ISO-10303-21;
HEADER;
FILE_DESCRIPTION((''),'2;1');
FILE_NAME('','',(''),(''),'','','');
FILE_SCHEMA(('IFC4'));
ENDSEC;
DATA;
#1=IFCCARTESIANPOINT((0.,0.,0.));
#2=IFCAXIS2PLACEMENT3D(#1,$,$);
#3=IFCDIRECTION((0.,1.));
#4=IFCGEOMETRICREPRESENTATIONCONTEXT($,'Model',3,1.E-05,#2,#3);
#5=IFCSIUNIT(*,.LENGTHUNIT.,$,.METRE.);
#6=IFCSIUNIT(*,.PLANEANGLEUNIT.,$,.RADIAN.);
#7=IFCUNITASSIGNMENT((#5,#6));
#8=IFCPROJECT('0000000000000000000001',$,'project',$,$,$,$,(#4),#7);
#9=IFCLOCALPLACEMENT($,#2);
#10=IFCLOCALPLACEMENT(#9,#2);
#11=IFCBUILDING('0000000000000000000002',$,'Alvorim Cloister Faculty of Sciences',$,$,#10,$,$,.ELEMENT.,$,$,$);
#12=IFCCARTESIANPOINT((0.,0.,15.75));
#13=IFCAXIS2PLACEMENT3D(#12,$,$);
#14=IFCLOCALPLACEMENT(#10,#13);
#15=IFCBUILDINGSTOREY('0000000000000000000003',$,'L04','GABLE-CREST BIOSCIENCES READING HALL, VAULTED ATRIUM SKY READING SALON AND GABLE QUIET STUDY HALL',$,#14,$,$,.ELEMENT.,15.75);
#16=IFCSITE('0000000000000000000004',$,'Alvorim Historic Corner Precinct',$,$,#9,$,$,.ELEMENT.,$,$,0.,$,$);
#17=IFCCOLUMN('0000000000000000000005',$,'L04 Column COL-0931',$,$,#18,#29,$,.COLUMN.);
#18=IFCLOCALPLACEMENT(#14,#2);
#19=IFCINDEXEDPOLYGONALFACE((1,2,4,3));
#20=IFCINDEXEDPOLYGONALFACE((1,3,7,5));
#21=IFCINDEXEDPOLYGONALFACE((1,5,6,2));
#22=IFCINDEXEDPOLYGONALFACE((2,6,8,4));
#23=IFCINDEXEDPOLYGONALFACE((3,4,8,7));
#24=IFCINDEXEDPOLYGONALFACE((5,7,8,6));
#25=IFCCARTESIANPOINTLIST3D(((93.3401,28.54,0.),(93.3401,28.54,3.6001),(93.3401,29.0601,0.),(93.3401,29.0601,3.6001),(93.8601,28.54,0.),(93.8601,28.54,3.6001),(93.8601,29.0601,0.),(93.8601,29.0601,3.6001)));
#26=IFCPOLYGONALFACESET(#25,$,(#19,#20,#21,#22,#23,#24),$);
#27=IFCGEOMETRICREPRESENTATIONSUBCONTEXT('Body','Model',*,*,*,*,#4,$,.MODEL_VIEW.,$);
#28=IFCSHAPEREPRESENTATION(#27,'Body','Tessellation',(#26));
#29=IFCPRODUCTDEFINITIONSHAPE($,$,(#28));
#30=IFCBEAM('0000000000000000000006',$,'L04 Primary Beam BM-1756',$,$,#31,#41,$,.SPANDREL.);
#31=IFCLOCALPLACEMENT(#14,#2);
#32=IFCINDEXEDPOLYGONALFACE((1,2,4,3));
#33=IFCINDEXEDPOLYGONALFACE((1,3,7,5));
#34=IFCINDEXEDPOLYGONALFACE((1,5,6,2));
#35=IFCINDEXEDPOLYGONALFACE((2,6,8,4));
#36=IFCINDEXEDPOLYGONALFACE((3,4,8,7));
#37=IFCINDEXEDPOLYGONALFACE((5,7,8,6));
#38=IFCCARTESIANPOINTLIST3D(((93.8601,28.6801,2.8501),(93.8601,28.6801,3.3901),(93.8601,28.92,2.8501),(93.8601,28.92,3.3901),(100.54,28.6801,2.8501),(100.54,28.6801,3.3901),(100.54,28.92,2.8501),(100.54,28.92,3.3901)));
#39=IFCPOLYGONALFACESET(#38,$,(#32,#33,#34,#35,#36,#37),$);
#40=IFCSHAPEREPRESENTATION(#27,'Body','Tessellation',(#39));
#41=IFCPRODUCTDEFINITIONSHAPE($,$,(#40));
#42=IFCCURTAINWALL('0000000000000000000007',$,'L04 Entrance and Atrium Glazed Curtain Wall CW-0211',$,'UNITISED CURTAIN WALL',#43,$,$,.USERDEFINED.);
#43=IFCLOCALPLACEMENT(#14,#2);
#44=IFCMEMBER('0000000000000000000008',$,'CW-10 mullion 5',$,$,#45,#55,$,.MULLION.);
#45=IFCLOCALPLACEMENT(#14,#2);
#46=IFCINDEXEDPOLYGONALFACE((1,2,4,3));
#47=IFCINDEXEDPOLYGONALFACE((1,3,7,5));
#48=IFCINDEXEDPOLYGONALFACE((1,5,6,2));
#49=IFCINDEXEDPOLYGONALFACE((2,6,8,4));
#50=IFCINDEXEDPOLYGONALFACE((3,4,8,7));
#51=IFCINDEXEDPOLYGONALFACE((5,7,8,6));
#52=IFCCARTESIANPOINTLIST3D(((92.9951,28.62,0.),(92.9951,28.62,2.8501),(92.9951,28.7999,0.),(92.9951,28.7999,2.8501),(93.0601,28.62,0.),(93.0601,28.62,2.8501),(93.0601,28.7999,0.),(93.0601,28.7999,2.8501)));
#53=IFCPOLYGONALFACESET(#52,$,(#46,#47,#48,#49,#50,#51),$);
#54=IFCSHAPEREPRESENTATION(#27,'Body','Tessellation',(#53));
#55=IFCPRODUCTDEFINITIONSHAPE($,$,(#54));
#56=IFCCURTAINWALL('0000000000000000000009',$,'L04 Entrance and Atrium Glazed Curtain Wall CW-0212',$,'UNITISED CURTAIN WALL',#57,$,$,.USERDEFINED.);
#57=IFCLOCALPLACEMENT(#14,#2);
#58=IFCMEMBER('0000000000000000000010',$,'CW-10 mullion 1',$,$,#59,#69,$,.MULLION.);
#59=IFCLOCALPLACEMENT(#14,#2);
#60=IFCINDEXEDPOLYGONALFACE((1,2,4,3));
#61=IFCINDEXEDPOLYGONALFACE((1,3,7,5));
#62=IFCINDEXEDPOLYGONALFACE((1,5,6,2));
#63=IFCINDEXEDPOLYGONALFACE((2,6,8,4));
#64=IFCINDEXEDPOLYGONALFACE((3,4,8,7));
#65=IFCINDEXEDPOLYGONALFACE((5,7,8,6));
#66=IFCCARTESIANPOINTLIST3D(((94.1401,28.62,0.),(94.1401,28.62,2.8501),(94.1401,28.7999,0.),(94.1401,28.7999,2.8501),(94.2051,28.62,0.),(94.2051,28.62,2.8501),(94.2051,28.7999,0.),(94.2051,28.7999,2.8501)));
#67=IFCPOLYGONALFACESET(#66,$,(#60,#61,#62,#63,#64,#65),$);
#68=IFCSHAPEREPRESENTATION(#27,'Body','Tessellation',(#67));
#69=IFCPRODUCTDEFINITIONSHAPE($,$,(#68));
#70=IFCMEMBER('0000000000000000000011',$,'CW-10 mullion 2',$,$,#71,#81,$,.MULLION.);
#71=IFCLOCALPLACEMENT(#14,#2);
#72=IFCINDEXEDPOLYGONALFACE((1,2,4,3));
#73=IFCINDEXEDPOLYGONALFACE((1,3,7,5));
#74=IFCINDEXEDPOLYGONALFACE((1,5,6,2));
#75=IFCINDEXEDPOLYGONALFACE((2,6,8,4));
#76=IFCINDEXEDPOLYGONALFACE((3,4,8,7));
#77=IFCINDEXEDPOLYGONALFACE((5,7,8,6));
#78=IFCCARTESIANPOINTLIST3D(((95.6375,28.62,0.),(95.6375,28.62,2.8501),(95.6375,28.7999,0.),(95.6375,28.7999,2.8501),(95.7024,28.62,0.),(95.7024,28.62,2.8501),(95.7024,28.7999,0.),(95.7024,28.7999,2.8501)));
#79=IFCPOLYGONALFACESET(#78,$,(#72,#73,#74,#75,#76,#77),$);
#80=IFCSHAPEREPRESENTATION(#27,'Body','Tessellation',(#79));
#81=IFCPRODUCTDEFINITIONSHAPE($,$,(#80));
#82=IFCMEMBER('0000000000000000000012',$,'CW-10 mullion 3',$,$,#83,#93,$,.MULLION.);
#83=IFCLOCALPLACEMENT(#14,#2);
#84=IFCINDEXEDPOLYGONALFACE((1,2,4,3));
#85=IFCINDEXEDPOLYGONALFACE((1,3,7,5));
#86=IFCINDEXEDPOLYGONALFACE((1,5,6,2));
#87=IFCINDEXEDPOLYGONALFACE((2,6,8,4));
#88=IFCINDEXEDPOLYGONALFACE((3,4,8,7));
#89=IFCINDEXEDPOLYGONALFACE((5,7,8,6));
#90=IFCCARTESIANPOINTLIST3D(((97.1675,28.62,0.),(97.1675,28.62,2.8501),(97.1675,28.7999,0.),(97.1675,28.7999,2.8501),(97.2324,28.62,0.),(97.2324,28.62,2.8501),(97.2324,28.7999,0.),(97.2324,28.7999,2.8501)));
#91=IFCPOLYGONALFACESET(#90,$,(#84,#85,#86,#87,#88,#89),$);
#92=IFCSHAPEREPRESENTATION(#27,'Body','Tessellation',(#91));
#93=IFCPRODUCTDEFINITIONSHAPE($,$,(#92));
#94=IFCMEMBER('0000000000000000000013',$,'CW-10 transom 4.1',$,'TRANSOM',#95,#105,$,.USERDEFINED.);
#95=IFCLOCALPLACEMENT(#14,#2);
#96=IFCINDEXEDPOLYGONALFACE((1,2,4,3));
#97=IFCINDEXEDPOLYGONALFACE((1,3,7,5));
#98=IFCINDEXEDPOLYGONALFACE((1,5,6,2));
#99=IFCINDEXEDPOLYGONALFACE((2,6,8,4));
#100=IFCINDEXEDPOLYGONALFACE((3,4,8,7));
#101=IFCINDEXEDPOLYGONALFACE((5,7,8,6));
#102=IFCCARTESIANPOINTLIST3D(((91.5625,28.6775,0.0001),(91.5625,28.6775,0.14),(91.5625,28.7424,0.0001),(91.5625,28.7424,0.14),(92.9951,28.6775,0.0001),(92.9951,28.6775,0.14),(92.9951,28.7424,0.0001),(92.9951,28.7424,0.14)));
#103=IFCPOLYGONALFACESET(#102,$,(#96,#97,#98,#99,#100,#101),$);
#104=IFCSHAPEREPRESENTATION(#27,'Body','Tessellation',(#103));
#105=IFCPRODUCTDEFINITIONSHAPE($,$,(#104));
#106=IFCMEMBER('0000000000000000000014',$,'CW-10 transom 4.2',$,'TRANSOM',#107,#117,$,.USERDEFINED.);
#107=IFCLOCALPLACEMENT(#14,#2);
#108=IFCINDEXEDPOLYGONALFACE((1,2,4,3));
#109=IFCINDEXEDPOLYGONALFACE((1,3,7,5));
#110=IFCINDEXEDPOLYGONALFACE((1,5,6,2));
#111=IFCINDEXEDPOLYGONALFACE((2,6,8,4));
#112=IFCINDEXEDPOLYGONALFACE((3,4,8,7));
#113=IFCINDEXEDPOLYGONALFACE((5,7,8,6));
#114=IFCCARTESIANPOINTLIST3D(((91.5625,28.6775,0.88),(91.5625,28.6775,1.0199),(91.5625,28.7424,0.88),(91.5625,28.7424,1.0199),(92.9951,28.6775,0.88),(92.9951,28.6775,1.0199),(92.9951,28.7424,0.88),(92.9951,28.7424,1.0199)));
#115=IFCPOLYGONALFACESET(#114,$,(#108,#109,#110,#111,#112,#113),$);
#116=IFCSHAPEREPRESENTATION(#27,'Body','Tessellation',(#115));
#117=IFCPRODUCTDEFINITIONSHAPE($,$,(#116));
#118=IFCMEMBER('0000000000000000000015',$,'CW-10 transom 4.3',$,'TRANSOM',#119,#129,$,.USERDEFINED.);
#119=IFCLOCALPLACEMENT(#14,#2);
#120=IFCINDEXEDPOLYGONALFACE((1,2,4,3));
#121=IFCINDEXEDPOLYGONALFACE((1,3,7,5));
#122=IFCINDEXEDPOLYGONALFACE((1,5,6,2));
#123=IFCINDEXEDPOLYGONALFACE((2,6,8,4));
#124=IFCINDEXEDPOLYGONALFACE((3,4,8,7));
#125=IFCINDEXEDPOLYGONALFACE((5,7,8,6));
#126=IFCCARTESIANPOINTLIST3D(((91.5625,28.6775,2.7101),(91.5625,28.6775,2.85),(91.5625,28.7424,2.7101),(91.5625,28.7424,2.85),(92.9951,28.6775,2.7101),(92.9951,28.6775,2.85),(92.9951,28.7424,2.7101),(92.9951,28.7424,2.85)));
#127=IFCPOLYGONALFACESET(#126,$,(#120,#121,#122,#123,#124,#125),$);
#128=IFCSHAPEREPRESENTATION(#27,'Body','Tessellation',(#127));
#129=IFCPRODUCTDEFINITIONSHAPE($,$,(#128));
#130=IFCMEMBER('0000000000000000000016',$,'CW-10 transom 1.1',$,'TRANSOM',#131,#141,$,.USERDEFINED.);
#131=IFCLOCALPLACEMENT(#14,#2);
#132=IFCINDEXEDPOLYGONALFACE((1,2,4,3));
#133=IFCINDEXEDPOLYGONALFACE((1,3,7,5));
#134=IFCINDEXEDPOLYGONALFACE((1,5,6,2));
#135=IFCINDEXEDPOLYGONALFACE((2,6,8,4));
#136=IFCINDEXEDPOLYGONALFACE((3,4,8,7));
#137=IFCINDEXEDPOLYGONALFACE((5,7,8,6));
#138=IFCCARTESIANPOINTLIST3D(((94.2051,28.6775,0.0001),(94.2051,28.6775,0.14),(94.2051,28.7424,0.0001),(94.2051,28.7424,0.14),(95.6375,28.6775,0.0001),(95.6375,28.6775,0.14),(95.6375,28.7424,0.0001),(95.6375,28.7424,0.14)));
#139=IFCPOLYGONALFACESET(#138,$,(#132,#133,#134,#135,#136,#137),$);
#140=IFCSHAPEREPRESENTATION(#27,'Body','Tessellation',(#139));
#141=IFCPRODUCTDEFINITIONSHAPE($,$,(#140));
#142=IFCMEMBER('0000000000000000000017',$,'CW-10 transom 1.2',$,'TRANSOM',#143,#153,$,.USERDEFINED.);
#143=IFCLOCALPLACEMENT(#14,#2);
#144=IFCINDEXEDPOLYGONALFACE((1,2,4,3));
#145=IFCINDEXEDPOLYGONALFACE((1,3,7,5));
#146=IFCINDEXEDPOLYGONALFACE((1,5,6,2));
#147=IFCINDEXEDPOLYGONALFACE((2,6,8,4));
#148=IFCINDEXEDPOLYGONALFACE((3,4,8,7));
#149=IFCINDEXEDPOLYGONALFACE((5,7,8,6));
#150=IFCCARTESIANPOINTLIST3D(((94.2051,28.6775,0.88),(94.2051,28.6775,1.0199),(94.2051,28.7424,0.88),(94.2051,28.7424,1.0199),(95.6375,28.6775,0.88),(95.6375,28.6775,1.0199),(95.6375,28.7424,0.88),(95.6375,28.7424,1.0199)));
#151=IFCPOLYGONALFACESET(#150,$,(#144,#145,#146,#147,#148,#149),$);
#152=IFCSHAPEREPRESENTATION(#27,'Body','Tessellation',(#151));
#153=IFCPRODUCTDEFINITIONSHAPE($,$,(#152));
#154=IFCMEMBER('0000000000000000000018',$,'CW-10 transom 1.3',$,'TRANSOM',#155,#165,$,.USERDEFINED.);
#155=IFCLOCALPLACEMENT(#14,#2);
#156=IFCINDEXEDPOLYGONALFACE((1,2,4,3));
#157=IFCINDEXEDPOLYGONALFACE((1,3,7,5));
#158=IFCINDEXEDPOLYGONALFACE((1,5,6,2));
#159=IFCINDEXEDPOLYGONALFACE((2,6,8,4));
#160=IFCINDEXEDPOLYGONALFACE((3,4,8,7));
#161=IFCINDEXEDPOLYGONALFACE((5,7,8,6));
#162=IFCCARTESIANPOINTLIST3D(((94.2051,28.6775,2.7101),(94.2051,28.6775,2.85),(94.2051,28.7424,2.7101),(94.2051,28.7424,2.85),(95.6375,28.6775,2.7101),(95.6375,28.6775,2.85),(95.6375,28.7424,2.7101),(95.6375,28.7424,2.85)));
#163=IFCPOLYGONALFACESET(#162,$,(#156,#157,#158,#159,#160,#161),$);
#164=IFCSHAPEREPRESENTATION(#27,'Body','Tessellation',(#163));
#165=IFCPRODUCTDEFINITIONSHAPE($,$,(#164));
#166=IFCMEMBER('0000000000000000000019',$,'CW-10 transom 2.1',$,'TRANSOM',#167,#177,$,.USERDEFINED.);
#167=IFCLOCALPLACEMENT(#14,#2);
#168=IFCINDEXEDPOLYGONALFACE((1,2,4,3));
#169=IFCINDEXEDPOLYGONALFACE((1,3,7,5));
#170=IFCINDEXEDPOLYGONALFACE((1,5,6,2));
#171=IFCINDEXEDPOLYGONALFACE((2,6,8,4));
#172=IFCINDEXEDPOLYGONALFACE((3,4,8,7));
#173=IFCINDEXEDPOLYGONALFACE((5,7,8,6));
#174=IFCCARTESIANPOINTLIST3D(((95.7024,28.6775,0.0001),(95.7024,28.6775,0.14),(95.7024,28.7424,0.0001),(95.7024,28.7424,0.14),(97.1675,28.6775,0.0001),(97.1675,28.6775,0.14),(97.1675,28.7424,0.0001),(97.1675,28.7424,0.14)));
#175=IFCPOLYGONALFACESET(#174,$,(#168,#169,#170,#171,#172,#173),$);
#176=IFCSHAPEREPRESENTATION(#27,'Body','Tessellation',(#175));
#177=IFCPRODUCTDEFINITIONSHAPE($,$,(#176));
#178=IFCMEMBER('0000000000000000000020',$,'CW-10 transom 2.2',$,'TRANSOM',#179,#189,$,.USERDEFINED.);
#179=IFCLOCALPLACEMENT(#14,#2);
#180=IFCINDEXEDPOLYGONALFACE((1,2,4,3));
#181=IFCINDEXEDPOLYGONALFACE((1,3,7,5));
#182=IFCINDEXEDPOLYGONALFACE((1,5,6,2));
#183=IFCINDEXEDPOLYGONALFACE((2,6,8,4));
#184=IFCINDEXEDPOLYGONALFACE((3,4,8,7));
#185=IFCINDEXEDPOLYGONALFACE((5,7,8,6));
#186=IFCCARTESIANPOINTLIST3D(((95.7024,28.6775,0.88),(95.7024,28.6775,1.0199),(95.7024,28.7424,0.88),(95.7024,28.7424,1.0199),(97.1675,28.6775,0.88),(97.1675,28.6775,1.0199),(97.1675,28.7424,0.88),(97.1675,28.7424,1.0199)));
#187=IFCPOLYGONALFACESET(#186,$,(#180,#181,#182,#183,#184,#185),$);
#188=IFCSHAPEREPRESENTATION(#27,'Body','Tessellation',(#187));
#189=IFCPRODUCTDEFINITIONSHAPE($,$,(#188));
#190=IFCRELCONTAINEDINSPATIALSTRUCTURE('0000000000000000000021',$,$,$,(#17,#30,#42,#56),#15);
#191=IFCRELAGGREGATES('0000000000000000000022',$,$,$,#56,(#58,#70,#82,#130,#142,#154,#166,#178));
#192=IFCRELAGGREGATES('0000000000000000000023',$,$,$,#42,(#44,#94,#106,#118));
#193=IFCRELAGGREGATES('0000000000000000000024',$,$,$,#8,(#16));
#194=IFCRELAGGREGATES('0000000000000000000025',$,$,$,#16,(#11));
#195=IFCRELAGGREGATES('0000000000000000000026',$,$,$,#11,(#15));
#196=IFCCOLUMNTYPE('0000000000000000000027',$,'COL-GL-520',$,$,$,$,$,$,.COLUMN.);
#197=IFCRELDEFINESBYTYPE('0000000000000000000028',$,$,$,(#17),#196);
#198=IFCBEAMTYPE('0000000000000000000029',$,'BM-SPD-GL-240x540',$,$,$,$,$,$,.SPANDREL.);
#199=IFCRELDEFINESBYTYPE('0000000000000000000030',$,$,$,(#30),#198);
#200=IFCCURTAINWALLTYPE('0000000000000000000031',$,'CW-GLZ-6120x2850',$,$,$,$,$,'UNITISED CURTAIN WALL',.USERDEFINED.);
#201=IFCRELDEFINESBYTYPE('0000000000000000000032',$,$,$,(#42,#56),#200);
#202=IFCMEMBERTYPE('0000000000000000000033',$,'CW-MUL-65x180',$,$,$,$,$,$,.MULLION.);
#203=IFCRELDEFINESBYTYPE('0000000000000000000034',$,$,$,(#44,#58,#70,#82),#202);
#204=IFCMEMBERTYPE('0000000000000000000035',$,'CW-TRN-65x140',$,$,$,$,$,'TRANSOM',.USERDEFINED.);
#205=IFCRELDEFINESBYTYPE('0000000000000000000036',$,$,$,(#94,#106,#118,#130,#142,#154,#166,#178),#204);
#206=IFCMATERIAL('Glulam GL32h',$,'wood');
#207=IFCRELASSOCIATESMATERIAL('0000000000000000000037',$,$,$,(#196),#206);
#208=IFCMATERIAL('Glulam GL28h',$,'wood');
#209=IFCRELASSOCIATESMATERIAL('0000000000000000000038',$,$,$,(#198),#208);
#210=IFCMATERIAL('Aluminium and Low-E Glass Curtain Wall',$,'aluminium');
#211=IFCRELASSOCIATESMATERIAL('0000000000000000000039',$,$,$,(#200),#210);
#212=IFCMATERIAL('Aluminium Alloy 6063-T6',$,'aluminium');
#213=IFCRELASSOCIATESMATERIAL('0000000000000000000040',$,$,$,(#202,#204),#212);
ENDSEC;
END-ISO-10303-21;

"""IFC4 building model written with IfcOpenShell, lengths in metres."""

from ifc_helpers import new_model, si_unit, direction, frame, origin, origin_2d, place, context, subcontext, project, spatial, rectangle, extrude, material, material_profile, profile_set, type_object, element, aggregate, save


model = new_model("IFC4")

# Units and contexts
model_context = context("Model", 3, precision=1e-05, world=origin(), true_north=direction((0.0, 1.0)))
body_context = subcontext(model_context, "Body", "Model", "MODEL_VIEW")
ifc_project = project(units=[si_unit("LENGTHUNIT", "METRE"), si_unit("PLANEANGLEUNIT", "RADIAN")], contexts=[model_context])

# Site, building, storey
site_placement = place(None, origin())
site = spatial("IfcSite", under=ifc_project, at=site_placement, Name="Alvorim Historic Corner Precinct", CompositionType="ELEMENT", RefElevation=0.0)
building_placement = place(site_placement, origin())
building = spatial("IfcBuilding", under=site, at=building_placement, Name="Alvorim Cloister Faculty of Sciences", CompositionType="ELEMENT")
storey_placement = place(building_placement, frame((0.0, 0.0, 15.75)))
storey = spatial("IfcBuildingStorey", under=building, at=storey_placement, Name="L04", Description="GABLE-CREST BIOSCIENCES READING HALL, VAULTED ATRIUM SKY READING SALON AND GABLE QUIET STUDY HALL", CompositionType="ELEMENT", Elevation=15.75)

# Column
ifc_material_1 = material(Name="Glulam GL32h", Category="wood")
ifc_material_profile_1 = material_profile(ifc_material_1, rectangle(XDim=0.52, YDim=0.52, at=origin_2d()), Name="GL32-COL-520x520")
ifc_profile_set_1 = profile_set([ifc_material_profile_1], Name="Glulam GL32h")
column_type = type_object("IfcColumnType", Name="COL-GL-520", PredefinedType="COLUMN", material=ifc_profile_set_1)
column_placement = place(storey_placement, frame((93.6001, 28.8, 0.0), z_axis=(0.0, 0.0, 1.0), x_axis=(1.0, 0.0, 0.0)))
element("IfcColumn", 1, at=column_placement, inside=storey, type_object=column_type, Name="L04 Column COL-0931", PredefinedType="COLUMN", context=body_context, shape_type="SweptSolid", body=[
    extrude(rectangle(XDim=0.52, YDim=0.52, at=origin_2d()), origin(), (0.0, 0.0, 1.0), 3.6001),
])

# Beam
ifc_material_2 = material(Name="Glulam GL28h", Category="wood")
ifc_material_profile_2 = material_profile(ifc_material_2, rectangle(XDim=0.24, YDim=0.54, at=origin_2d()), Name="GL28-SPD-240x540")
ifc_profile_set_2 = profile_set([ifc_material_profile_2], Name="Glulam GL28h")
beam_type = type_object("IfcBeamType", Name="BM-SPD-GL-240x540", PredefinedType="SPANDREL", material=ifc_profile_set_2)
beam_placement = place(storey_placement, frame((93.8601, 28.8, 3.1201), z_axis=(1.0, 0.0, 0.0), x_axis=(0.0, 1.0, 0.0)))
element("IfcBeam", 2, at=beam_placement, inside=storey, type_object=beam_type, Name="L04 Primary Beam BM-1756", PredefinedType="SPANDREL", context=body_context, shape_type="SweptSolid", body=[
    extrude(rectangle(XDim=0.24, YDim=0.54, at=origin_2d()), origin(), (0.0, 0.0, 1.0), 6.6799),
])

# Curtain wall, member
ifc_material_3 = material(Name="Aluminium and Low-E Glass Curtain Wall", Category="aluminium")
curtain_wall_type = type_object("IfcCurtainWallType", Name="CW-GLZ-6120x2850", ElementType="UNITISED CURTAIN WALL", PredefinedType="USERDEFINED", material=ifc_material_3)
curtain_wall_1_placement = place(storey_placement, origin())
curtain_wall_1 = element("IfcCurtainWall", 3, at=curtain_wall_1_placement, inside=storey, type_object=curtain_wall_type, Name="L04 Entrance and Atrium Glazed Curtain Wall CW-0211", ObjectType="UNITISED CURTAIN WALL", PredefinedType="USERDEFINED")
ifc_material_4 = material(Name="Aluminium Alloy 6063-T6", Category="aluminium")
ifc_material_profile_3 = material_profile(ifc_material_4, rectangle(XDim=0.0649, YDim=0.1799, at=origin_2d()), Name="ALU-MUL-65x180")
ifc_profile_set_3 = profile_set([ifc_material_profile_3], Name="Aluminium Alloy 6063-T6")
member_type_1 = type_object("IfcMemberType", Name="CW-MUL-65x180", PredefinedType="MULLION", material=ifc_profile_set_3)
member_1_placement = place(storey_placement, frame((93.0276, 28.71, 0.0), z_axis=(0.0, 0.0, 1.0), x_axis=(1.0, 0.0, 0.0)))
member_1 = element("IfcMember", 4, at=member_1_placement, type_object=member_type_1, Name="CW-10 mullion 5", PredefinedType="MULLION", context=body_context, shape_type="SweptSolid", body=[
    extrude(rectangle(XDim=0.0649, YDim=0.1799, at=origin_2d()), origin(), (0.0, 0.0, 1.0), 2.8501),
])

# Curtain wall, members
curtain_wall_2_placement = place(storey_placement, origin())
curtain_wall_2 = element("IfcCurtainWall", 5, at=curtain_wall_2_placement, inside=storey, type_object=curtain_wall_type, Name="L04 Entrance and Atrium Glazed Curtain Wall CW-0212", ObjectType="UNITISED CURTAIN WALL", PredefinedType="USERDEFINED")
member_2_placement = place(storey_placement, frame((94.1726, 28.71, 0.0), z_axis=(0.0, 0.0, 1.0), x_axis=(1.0, 0.0, 0.0)))
member_2 = element("IfcMember", 6, at=member_2_placement, type_object=member_type_1, Name="CW-10 mullion 1", PredefinedType="MULLION", context=body_context, shape_type="SweptSolid", body=[
    extrude(rectangle(XDim=0.0649, YDim=0.1799, at=origin_2d()), origin(), (0.0, 0.0, 1.0), 2.8501),
])
member_3_placement = place(storey_placement, frame((95.6699, 28.71, 0.0), z_axis=(0.0, 0.0, 1.0), x_axis=(1.0, 0.0, 0.0)))
member_3 = element("IfcMember", 7, at=member_3_placement, type_object=member_type_1, Name="CW-10 mullion 2", PredefinedType="MULLION", context=body_context, shape_type="SweptSolid", body=[
    extrude(rectangle(XDim=0.0649, YDim=0.1799, at=origin_2d()), origin(), (0.0, 0.0, 1.0), 2.8501),
])
member_4_placement = place(storey_placement, frame((97.2, 28.71, 0.0), z_axis=(0.0, 0.0, 1.0), x_axis=(1.0, 0.0, 0.0)))
member_4 = element("IfcMember", 8, at=member_4_placement, type_object=member_type_1, Name="CW-10 mullion 3", PredefinedType="MULLION", context=body_context, shape_type="SweptSolid", body=[
    extrude(rectangle(XDim=0.0649, YDim=0.1799, at=origin_2d()), origin(), (0.0, 0.0, 1.0), 2.8501),
])

# Members
ifc_material_profile_4 = material_profile(ifc_material_4, rectangle(XDim=0.0649, YDim=0.1399, at=origin_2d()), Name="ALU-TRN-65x140")
ifc_profile_set_4 = profile_set([ifc_material_profile_4], Name="Aluminium Alloy 6063-T6")
member_type_2 = type_object("IfcMemberType", Name="CW-TRN-65x140", ElementType="TRANSOM", PredefinedType="USERDEFINED", material=ifc_profile_set_4)
member_5_placement = place(storey_placement, frame((91.5625, 28.71, 0.0701), z_axis=(1.0, 0.0, 0.0), x_axis=(0.0, 1.0, 0.0)))
member_5 = element("IfcMember", 9, at=member_5_placement, type_object=member_type_2, Name="CW-10 transom 4.1", ObjectType="TRANSOM", PredefinedType="USERDEFINED", context=body_context, shape_type="SweptSolid", body=[
    extrude(rectangle(XDim=0.0649, YDim=0.1399, at=origin_2d()), origin(), (0.0, 0.0, 1.0), 1.4326),
])
member_6_placement = place(storey_placement, frame((91.5625, 28.71, 0.95), z_axis=(1.0, 0.0, 0.0), x_axis=(0.0, 1.0, 0.0)))
member_6 = element("IfcMember", 10, at=member_6_placement, type_object=member_type_2, Name="CW-10 transom 4.2", ObjectType="TRANSOM", PredefinedType="USERDEFINED", context=body_context, shape_type="SweptSolid", body=[
    extrude(rectangle(XDim=0.0649, YDim=0.1399, at=origin_2d()), origin(), (0.0, 0.0, 1.0), 1.4326),
])
member_7_placement = place(storey_placement, frame((91.5625, 28.71, 2.78), z_axis=(1.0, 0.0, 0.0), x_axis=(0.0, 1.0, 0.0)))
member_7 = element("IfcMember", 11, at=member_7_placement, type_object=member_type_2, Name="CW-10 transom 4.3", ObjectType="TRANSOM", PredefinedType="USERDEFINED", context=body_context, shape_type="SweptSolid", body=[
    extrude(rectangle(XDim=0.0649, YDim=0.1399, at=origin_2d()), origin(), (0.0, 0.0, 1.0), 1.4326),
])
member_8_placement = place(storey_placement, frame((94.2051, 28.71, 0.0701), z_axis=(1.0, 0.0, 0.0), x_axis=(0.0, 1.0, 0.0)))
member_8 = element("IfcMember", 12, at=member_8_placement, type_object=member_type_2, Name="CW-10 transom 1.1", ObjectType="TRANSOM", PredefinedType="USERDEFINED", context=body_context, shape_type="SweptSolid", body=[
    extrude(rectangle(XDim=0.0649, YDim=0.1399, at=origin_2d()), origin(), (0.0, 0.0, 1.0), 1.4324),
])
member_9_placement = place(storey_placement, frame((94.2051, 28.71, 0.95), z_axis=(1.0, 0.0, 0.0), x_axis=(0.0, 1.0, 0.0)))
member_9 = element("IfcMember", 13, at=member_9_placement, type_object=member_type_2, Name="CW-10 transom 1.2", ObjectType="TRANSOM", PredefinedType="USERDEFINED", context=body_context, shape_type="SweptSolid", body=[
    extrude(rectangle(XDim=0.0649, YDim=0.1399, at=origin_2d()), origin(), (0.0, 0.0, 1.0), 1.4324),
])
member_10_placement = place(storey_placement, frame((94.2051, 28.71, 2.78), z_axis=(1.0, 0.0, 0.0), x_axis=(0.0, 1.0, 0.0)))
member_10 = element("IfcMember", 14, at=member_10_placement, type_object=member_type_2, Name="CW-10 transom 1.3", ObjectType="TRANSOM", PredefinedType="USERDEFINED", context=body_context, shape_type="SweptSolid", body=[
    extrude(rectangle(XDim=0.0649, YDim=0.1399, at=origin_2d()), origin(), (0.0, 0.0, 1.0), 1.4324),
])
member_11_placement = place(storey_placement, frame((95.7024, 28.71, 0.0701), z_axis=(1.0, 0.0, 0.0), x_axis=(0.0, 1.0, 0.0)))
member_11 = element("IfcMember", 15, at=member_11_placement, type_object=member_type_2, Name="CW-10 transom 2.1", ObjectType="TRANSOM", PredefinedType="USERDEFINED", context=body_context, shape_type="SweptSolid", body=[
    extrude(rectangle(XDim=0.0649, YDim=0.1399, at=origin_2d()), origin(), (0.0, 0.0, 1.0), 1.4651),
])
member_12_placement = place(storey_placement, frame((95.7024, 28.71, 0.95), z_axis=(1.0, 0.0, 0.0), x_axis=(0.0, 1.0, 0.0)))
member_12 = element("IfcMember", 16, at=member_12_placement, type_object=member_type_2, Name="CW-10 transom 2.2", ObjectType="TRANSOM", PredefinedType="USERDEFINED", context=body_context, shape_type="SweptSolid", body=[
    extrude(rectangle(XDim=0.0649, YDim=0.1399, at=origin_2d()), origin(), (0.0, 0.0, 1.0), 1.4651),
])

aggregate(curtain_wall_2, [member_2, member_3, member_4, member_8, member_9, member_10, member_11, member_12])
aggregate(curtain_wall_1, [member_1, member_5, member_6, member_7])

save(model, "model.ifc")
